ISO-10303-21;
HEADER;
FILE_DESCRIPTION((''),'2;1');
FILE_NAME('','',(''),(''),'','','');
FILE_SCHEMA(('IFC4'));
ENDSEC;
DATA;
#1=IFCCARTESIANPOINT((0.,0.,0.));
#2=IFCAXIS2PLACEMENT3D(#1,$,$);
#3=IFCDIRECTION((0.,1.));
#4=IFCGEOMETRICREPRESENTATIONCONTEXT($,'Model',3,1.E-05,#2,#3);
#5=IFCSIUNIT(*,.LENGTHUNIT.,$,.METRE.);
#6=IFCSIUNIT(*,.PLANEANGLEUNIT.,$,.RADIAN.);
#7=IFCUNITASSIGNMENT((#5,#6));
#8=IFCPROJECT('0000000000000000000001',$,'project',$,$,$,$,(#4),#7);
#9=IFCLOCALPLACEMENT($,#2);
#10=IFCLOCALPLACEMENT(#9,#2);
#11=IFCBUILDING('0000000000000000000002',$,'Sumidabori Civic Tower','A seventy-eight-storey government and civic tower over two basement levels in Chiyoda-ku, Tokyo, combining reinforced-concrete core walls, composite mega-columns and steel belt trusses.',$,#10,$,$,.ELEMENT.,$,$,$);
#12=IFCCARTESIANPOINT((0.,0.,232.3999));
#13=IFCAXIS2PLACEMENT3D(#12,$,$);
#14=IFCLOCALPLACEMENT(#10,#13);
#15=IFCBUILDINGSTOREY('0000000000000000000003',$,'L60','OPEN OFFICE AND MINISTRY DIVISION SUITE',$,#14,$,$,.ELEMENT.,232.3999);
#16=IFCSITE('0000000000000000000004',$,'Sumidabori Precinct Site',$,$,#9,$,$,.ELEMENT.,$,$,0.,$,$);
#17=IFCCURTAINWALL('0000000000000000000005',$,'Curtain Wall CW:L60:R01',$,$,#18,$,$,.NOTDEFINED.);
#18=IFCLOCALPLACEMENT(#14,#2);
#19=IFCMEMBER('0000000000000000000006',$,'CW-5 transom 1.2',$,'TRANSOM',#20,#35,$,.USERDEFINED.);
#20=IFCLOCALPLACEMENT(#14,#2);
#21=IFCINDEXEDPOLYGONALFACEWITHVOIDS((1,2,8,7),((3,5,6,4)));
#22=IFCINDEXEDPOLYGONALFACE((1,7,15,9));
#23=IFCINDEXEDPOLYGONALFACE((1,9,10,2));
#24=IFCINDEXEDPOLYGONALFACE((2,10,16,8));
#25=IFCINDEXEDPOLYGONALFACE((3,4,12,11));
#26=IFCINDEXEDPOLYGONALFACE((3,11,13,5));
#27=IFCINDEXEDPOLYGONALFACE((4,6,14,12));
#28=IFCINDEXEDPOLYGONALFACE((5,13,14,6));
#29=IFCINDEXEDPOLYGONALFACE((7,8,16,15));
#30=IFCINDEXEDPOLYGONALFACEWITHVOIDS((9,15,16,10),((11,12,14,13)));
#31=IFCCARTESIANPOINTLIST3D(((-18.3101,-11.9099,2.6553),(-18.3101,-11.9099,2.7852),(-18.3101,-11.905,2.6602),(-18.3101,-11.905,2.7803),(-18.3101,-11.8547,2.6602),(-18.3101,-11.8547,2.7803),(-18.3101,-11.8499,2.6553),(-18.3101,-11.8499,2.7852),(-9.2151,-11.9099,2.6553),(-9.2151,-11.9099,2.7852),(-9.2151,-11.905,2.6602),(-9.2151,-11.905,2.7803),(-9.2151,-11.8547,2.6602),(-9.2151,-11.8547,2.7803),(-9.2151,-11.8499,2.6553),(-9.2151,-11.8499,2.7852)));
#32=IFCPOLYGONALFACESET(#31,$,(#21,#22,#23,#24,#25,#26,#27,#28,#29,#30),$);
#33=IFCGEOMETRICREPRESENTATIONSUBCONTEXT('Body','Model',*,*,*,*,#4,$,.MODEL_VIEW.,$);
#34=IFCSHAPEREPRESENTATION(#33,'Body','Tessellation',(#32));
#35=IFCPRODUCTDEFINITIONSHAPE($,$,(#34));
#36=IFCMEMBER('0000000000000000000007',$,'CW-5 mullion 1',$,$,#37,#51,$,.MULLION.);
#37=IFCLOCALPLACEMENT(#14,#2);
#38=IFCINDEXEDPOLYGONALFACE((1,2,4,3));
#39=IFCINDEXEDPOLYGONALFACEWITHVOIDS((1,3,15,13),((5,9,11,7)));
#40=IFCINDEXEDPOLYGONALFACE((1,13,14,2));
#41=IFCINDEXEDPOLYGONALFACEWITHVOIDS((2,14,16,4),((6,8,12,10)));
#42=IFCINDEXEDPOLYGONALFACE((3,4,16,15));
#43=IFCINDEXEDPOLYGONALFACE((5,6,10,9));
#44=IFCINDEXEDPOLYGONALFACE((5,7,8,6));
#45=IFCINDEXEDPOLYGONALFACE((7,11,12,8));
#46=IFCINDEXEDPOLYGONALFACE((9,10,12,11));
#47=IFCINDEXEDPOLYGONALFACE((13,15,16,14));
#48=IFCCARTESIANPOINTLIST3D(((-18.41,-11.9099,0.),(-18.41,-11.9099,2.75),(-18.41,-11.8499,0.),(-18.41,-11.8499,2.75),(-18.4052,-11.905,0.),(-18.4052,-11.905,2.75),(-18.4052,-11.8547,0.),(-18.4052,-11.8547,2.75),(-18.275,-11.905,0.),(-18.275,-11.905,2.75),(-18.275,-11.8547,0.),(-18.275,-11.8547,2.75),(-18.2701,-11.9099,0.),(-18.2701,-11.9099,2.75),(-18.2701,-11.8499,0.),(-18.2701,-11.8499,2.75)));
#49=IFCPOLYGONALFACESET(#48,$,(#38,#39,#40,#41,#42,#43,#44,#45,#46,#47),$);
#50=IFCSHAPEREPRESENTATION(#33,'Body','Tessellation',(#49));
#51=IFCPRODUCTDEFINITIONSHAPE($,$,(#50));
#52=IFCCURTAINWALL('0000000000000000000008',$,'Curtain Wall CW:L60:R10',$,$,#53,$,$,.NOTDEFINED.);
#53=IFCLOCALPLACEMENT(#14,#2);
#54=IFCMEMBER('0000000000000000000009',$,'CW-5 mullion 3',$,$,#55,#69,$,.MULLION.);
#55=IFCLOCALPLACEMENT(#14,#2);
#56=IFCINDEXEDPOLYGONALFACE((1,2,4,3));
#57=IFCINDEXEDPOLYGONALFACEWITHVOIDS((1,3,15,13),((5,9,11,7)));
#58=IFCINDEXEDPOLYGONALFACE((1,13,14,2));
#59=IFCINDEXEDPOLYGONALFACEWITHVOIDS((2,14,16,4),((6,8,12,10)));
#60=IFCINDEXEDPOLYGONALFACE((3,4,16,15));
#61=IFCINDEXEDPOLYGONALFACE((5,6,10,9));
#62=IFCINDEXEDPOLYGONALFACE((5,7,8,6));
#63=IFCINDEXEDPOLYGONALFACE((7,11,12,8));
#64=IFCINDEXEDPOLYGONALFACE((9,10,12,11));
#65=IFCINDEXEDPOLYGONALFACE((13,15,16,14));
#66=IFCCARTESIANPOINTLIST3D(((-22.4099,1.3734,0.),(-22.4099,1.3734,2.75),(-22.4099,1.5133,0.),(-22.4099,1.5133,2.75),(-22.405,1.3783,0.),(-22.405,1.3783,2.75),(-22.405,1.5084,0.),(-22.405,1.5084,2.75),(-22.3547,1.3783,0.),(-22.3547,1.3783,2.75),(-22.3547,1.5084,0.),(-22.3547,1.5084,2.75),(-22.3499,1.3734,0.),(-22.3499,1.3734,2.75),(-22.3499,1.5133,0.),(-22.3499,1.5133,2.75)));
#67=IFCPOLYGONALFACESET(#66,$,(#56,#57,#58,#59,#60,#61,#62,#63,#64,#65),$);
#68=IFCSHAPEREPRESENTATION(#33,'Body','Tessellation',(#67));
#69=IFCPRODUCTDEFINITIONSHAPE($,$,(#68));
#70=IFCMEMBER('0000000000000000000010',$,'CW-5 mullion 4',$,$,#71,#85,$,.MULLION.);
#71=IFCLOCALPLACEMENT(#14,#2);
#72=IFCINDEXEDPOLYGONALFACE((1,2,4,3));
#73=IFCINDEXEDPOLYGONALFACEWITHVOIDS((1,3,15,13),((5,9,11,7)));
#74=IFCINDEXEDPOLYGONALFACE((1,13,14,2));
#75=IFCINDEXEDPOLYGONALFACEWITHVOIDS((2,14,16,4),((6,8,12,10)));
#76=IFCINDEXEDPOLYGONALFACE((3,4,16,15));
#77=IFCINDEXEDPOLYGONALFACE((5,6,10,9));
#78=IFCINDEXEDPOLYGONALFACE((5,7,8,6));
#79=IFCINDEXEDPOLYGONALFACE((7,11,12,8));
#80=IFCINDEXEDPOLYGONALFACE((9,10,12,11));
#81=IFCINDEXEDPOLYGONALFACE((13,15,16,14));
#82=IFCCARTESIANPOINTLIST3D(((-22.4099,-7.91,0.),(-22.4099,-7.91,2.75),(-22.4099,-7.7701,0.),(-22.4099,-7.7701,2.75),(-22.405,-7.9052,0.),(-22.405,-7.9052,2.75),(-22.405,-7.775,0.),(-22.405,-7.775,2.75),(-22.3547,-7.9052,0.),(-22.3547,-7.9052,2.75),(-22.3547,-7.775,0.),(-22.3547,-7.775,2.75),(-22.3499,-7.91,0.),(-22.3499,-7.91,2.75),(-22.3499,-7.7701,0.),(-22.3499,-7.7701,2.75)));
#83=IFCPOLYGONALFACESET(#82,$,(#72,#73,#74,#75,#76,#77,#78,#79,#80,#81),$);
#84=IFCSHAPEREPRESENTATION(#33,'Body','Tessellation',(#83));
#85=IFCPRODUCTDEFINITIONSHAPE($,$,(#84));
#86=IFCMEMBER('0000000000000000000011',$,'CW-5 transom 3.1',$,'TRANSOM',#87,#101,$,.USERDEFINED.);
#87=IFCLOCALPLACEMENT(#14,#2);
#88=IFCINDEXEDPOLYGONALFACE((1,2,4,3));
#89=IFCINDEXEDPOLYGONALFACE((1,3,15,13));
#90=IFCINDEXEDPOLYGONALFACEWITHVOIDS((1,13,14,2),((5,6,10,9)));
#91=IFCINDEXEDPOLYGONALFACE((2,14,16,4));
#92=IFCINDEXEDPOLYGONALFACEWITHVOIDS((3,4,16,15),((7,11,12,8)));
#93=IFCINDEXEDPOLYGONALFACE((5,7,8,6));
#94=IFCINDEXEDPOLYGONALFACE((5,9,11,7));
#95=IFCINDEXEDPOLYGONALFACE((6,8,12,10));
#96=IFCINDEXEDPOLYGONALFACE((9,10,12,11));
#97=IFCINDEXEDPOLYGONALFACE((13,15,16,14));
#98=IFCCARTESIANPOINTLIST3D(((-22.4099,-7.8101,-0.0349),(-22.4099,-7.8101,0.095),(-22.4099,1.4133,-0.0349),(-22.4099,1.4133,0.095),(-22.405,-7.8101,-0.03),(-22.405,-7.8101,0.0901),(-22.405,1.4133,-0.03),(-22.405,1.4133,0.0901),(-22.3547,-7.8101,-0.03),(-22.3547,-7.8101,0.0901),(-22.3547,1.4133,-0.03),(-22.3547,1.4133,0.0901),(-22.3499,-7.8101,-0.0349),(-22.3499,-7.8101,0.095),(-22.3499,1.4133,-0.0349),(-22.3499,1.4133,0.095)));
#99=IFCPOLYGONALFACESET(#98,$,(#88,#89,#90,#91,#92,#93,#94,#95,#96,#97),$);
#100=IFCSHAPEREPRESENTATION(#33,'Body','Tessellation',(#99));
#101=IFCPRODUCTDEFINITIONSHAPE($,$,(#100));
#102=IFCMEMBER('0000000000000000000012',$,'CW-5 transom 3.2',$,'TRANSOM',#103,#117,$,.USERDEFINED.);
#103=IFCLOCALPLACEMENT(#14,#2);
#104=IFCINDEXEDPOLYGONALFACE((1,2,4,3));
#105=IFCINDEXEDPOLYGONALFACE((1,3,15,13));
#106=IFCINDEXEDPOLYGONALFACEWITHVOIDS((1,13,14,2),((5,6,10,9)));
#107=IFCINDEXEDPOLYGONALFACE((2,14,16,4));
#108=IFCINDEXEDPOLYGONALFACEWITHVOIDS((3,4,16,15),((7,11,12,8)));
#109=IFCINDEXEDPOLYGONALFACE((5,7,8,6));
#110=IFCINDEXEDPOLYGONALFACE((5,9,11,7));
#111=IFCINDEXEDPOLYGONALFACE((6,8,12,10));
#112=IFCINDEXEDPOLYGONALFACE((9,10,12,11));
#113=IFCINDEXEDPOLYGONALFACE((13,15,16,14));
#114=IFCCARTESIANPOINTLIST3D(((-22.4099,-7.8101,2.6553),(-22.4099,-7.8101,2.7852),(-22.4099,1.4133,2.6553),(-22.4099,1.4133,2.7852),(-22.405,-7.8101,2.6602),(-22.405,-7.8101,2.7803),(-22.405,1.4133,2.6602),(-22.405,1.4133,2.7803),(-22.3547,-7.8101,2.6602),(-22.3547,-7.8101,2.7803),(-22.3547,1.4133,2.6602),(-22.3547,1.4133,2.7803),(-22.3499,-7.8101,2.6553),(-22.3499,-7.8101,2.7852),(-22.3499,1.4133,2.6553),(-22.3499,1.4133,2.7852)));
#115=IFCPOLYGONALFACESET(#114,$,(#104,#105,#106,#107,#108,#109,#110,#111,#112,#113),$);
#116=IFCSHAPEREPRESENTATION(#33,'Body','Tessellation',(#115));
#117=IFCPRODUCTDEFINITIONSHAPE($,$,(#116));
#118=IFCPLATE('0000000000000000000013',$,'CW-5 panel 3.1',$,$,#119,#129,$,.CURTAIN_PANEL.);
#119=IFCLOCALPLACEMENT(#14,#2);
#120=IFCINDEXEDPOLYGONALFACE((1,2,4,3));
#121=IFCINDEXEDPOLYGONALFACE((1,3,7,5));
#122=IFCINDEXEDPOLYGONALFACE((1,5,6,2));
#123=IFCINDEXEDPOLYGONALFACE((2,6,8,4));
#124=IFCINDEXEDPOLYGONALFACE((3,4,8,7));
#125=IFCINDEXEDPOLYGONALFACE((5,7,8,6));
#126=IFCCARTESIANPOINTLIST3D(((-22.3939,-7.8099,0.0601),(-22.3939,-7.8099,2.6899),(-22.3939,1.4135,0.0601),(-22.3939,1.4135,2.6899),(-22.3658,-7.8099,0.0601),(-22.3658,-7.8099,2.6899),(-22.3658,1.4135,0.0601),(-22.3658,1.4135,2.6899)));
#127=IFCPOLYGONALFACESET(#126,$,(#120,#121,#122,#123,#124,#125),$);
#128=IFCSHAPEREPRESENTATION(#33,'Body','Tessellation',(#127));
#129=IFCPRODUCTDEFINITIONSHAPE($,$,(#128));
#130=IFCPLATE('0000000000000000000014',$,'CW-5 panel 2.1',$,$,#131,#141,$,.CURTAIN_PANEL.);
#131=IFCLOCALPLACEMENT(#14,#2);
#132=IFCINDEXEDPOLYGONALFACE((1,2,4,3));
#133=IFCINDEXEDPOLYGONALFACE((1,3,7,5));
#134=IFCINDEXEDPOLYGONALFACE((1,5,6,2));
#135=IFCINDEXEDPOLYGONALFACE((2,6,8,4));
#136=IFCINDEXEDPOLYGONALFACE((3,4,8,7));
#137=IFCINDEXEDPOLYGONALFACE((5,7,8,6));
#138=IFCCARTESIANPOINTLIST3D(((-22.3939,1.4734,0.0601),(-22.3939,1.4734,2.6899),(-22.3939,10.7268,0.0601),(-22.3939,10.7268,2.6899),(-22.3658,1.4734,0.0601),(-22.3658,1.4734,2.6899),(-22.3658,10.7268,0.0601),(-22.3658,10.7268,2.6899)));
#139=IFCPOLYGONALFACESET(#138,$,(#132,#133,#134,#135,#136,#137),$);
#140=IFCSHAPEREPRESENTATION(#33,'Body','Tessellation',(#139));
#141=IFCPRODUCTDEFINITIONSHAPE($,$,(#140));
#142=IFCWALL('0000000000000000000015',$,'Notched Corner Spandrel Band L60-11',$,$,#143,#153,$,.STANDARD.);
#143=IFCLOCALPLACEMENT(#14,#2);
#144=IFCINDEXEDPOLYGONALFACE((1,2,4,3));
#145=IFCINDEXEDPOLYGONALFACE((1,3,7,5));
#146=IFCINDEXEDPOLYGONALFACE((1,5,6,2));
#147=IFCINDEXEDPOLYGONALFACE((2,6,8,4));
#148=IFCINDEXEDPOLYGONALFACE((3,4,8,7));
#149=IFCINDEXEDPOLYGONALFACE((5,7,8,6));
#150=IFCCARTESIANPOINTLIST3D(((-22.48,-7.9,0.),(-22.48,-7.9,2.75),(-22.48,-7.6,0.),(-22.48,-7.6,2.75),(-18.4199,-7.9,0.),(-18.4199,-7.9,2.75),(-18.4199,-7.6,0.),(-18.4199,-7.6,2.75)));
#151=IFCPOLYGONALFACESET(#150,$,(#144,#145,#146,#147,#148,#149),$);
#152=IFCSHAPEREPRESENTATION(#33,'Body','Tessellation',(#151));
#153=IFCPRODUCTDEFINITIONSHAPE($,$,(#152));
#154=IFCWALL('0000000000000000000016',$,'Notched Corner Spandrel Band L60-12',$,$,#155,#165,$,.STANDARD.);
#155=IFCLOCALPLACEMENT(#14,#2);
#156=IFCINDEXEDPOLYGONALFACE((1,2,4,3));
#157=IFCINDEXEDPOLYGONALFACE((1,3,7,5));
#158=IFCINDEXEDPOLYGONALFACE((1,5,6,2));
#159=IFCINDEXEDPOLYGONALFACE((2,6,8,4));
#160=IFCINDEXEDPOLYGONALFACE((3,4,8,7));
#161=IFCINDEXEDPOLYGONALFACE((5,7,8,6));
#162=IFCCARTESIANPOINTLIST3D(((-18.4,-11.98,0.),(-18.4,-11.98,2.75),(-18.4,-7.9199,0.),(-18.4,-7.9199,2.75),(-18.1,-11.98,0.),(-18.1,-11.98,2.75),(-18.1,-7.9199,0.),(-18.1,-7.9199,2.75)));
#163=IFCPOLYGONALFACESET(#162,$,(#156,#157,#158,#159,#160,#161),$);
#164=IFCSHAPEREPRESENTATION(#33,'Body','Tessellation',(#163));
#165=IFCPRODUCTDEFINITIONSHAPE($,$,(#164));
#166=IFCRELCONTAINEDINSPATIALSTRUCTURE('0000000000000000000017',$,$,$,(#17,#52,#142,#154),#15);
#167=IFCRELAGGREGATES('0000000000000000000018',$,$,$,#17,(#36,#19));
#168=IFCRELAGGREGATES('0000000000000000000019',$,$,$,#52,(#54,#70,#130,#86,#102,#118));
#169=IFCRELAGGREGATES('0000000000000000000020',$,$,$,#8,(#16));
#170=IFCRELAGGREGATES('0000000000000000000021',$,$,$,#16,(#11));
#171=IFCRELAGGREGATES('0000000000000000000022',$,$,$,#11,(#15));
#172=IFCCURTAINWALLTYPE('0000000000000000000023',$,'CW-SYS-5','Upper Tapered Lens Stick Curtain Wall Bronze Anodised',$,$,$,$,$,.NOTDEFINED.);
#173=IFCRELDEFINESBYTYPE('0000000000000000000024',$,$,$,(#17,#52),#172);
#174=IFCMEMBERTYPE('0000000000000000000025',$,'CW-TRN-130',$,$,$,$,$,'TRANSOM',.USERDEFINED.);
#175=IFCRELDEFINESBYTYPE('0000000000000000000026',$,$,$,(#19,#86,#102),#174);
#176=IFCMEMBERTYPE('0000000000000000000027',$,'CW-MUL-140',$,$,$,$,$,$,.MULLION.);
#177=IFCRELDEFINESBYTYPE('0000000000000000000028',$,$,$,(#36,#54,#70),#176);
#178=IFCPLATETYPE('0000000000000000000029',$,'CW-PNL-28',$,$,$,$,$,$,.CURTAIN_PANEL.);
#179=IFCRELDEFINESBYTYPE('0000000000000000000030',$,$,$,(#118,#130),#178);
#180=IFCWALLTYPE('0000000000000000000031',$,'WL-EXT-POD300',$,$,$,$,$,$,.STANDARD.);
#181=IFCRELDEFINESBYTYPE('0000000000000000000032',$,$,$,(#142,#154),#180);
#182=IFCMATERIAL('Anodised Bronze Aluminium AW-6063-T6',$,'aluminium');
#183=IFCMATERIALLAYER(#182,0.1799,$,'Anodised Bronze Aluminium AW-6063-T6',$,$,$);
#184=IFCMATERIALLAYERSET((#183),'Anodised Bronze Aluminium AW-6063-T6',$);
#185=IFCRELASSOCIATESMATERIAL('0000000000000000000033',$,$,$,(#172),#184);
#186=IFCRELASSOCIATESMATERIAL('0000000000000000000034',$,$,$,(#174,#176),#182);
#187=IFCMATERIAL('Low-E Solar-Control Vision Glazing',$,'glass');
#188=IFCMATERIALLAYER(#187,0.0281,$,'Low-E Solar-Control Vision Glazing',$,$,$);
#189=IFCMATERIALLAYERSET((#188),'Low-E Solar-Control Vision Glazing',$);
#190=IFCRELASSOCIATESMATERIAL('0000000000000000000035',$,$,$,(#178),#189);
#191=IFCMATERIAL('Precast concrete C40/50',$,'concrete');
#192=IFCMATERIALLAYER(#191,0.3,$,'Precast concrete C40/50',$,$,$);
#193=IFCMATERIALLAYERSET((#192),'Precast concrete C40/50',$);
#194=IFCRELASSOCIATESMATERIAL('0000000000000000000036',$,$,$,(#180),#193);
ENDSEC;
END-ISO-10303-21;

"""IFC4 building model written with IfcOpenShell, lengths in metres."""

from ifc_helpers import new_model, si_unit, direction, frame, frame_2d, origin, origin_2d, place, context, subcontext, project, spatial, rectangle, hollow_rectangle, extrude, source, transform, mapped, material, layer, layer_set, material_profile, profile_set, type_object, element, aggregate, save


model = new_model("IFC4")

# Units and contexts
model_context = context("Model", 3, precision=1e-05, world=origin(), true_north=direction((0.0, 1.0)))
body_context = subcontext(model_context, "Body", "Model", "MODEL_VIEW")
ifc_project = project(units=[si_unit("LENGTHUNIT", "METRE"), si_unit("PLANEANGLEUNIT", "RADIAN")], contexts=[model_context])

# Site, building, storey
site_placement = place(None, origin())
site = spatial("IfcSite", under=ifc_project, at=site_placement, Name="Sumidabori Precinct Site", CompositionType="ELEMENT", RefElevation=0.0)
building_placement = place(site_placement, origin())
building = spatial("IfcBuilding", under=site, at=building_placement, Name="Sumidabori Civic Tower", Description="A seventy-eight-storey government and civic tower over two basement levels in Chiyoda-ku, Tokyo, combining reinforced-concrete core walls, composite mega-columns and steel belt trusses.", CompositionType="ELEMENT")
storey_placement = place(building_placement, frame((0.0, 0.0, 232.3999)))
storey = spatial("IfcBuildingStorey", under=building, at=storey_placement, Name="L60", Description="OPEN OFFICE AND MINISTRY DIVISION SUITE", CompositionType="ELEMENT", Elevation=232.3999)

# Curtain wall, members
ifc_material_1 = material(Name="Anodised Bronze Aluminium AW-6063-T6", Category="aluminium")
ifc_layer_1 = layer(ifc_material_1, 0.1799, Name="Anodised Bronze Aluminium AW-6063-T6")
ifc_layer_set_1 = layer_set([ifc_layer_1], Name="Anodised Bronze Aluminium AW-6063-T6")
curtain_wall_type = type_object("IfcCurtainWallType", Name="CW-SYS-5", Description="Upper Tapered Lens Stick Curtain Wall Bronze Anodised", PredefinedType="NOTDEFINED", material=ifc_layer_set_1)
curtain_wall_1_placement = place(storey_placement, origin())
curtain_wall_1 = element("IfcCurtainWall", 1, at=curtain_wall_1_placement, inside=storey, type_object=curtain_wall_type, Name="Curtain Wall CW:L60:R01", PredefinedType="NOTDEFINED")
ifc_material_profile_1 = material_profile(ifc_material_1, hollow_rectangle(XDim=0.0601, YDim=0.1299, WallThickness=0.0049, at=origin_2d()), Name="ALU TRANSOM 130x60")
ifc_profile_set_1 = profile_set([ifc_material_profile_1], Name="Anodised Bronze Aluminium AW-6063-T6")
member_type_1 = type_object("IfcMemberType", Name="CW-TRN-130", ElementType="TRANSOM", PredefinedType="USERDEFINED", material=ifc_profile_set_1)
shared_shape_1 = source(origin(), body_context, "Body", "SweptSolid", [
    extrude(hollow_rectangle(XDim=0.0601, YDim=0.1299, WallThickness=0.0049, at=origin_2d()), origin(), (0.0, 0.0, 1.0), 9.095),
])
member_1_placement = place(storey_placement, frame((-18.3101, -11.8799, 2.7202), z_axis=(1.0, 0.0, 0.0), x_axis=(0.0, 1.0, 0.0)))
member_1 = element("IfcMember", 2, at=member_1_placement, type_object=member_type_1, Name="CW-5 transom 1.2", ObjectType="TRANSOM", PredefinedType="USERDEFINED", context=body_context, shape_type="MappedRepresentation", body=[
    mapped(shared_shape_1, transform((0.0, 0.0, 0.0), x_axis=(1.0, 0.0, 0.0), y_axis=(0.0, 1.0, 0.0), z_axis=(0.0, 0.0, 1.0), scale=1.0)),
])
ifc_material_profile_2 = material_profile(ifc_material_1, hollow_rectangle(XDim=0.0601, YDim=0.1399, WallThickness=0.0049, at=origin_2d()), Name="ALU MULLION 140x60")
ifc_profile_set_2 = profile_set([ifc_material_profile_2], Name="Anodised Bronze Aluminium AW-6063-T6")
member_type_2 = type_object("IfcMemberType", Name="CW-MUL-140", PredefinedType="MULLION", material=ifc_profile_set_2)
shared_shape_2 = source(origin(), body_context, "Body", "SweptSolid", [
    extrude(hollow_rectangle(XDim=0.0601, YDim=0.1399, WallThickness=0.0049, at=origin_2d()), origin(), (0.0, 0.0, 1.0), 2.75),
])
member_2_placement = place(storey_placement, frame((-18.3401, -11.8799, 0.0), z_axis=(0.0, 0.0, 1.0), x_axis=(0.0, 1.0, 0.0)))
member_2 = element("IfcMember", 3, at=member_2_placement, type_object=member_type_2, Name="CW-5 mullion 1", PredefinedType="MULLION", context=body_context, shape_type="MappedRepresentation", body=[
    mapped(shared_shape_2, transform((0.0, 0.0, 0.0), x_axis=(1.0, 0.0, 0.0), y_axis=(0.0, 1.0, 0.0), z_axis=(0.0, 0.0, 1.0), scale=1.0)),
])
aggregate(curtain_wall_1, [member_2, member_1])

# Curtain wall, members, plates
curtain_wall_2_placement = place(storey_placement, origin())
curtain_wall_2 = element("IfcCurtainWall", 4, at=curtain_wall_2_placement, inside=storey, type_object=curtain_wall_type, Name="Curtain Wall CW:L60:R10", PredefinedType="NOTDEFINED")
member_3_placement = place(storey_placement, frame((-22.3799, 1.4434, 0.0), z_axis=(0.0, 0.0, 1.0), x_axis=(1.0, 0.0, 0.0)))
member_3 = element("IfcMember", 5, at=member_3_placement, type_object=member_type_2, Name="CW-5 mullion 3", PredefinedType="MULLION", context=body_context, shape_type="MappedRepresentation", body=[
    mapped(shared_shape_2, transform((0.0, 0.0, 0.0), x_axis=(1.0, 0.0, 0.0), y_axis=(0.0, 1.0, 0.0), z_axis=(0.0, 0.0, 1.0), scale=1.0)),
])
member_4_placement = place(storey_placement, frame((-22.3799, -7.8401, 0.0), z_axis=(0.0, 0.0, 1.0), x_axis=(1.0, 0.0, 0.0)))
member_4 = element("IfcMember", 6, at=member_4_placement, type_object=member_type_2, Name="CW-5 mullion 4", PredefinedType="MULLION", context=body_context, shape_type="MappedRepresentation", body=[
    mapped(shared_shape_2, transform((0.0, 0.0, 0.0), x_axis=(1.0, 0.0, 0.0), y_axis=(0.0, 1.0, 0.0), z_axis=(0.0, 0.0, 1.0), scale=1.0)),
])
shared_shape_3 = source(origin(), body_context, "Body", "SweptSolid", [
    extrude(hollow_rectangle(XDim=0.0601, YDim=0.1299, WallThickness=0.0049, at=origin_2d()), origin(), (0.0, 0.0, 1.0), 9.2234),
])
member_5_placement = place(storey_placement, frame((-22.3799, 1.4133, 0.03), z_axis=(0.0, -1.0, 0.0), x_axis=(1.0, 0.0, 0.0)))
member_5 = element("IfcMember", 7, at=member_5_placement, type_object=member_type_1, Name="CW-5 transom 3.1", ObjectType="TRANSOM", PredefinedType="USERDEFINED", context=body_context, shape_type="MappedRepresentation", body=[
    mapped(shared_shape_3, transform((0.0, 0.0, 0.0), x_axis=(1.0, 0.0, 0.0), y_axis=(0.0, 1.0, 0.0), z_axis=(0.0, 0.0, 1.0), scale=1.0)),
])
member_6_placement = place(storey_placement, frame((-22.3799, 1.4133, 2.7202), z_axis=(0.0, -1.0, 0.0), x_axis=(1.0, 0.0, 0.0)))
member_6 = element("IfcMember", 8, at=member_6_placement, type_object=member_type_1, Name="CW-5 transom 3.2", ObjectType="TRANSOM", PredefinedType="USERDEFINED", context=body_context, shape_type="MappedRepresentation", body=[
    mapped(shared_shape_3, transform((0.0, 0.0, 0.0), x_axis=(1.0, 0.0, 0.0), y_axis=(0.0, 1.0, 0.0), z_axis=(0.0, 0.0, 1.0), scale=1.0)),
])
ifc_material_2 = material(Name="Low-E Solar-Control Vision Glazing", Category="glass")
ifc_layer_2 = layer(ifc_material_2, 0.0281, Name="Low-E Solar-Control Vision Glazing")
ifc_layer_set_2 = layer_set([ifc_layer_2], Name="Low-E Solar-Control Vision Glazing")
plate_type = type_object("IfcPlateType", Name="CW-PNL-28", PredefinedType="CURTAIN_PANEL", material=ifc_layer_set_2)
shared_shape_4 = source(origin(), body_context, "Body", "SweptSolid", [
    extrude(rectangle(XDim=9.2234, YDim=0.0281, at=origin_2d()), origin(), (0.0, 0.0, 1.0), 2.6299),
])
plate_1_placement = place(storey_placement, frame((-22.3799, -3.1982, 0.0601), z_axis=(0.0, 0.0, 1.0), x_axis=(0.0, -1.0, 0.0)))
plate_1 = element("IfcPlate", 9, at=plate_1_placement, type_object=plate_type, Name="CW-5 panel 3.1", PredefinedType="CURTAIN_PANEL", context=body_context, shape_type="MappedRepresentation", body=[
    mapped(shared_shape_4, transform((0.0, 0.0, 0.0), x_axis=(1.0, 0.0, 0.0), y_axis=(0.0, 1.0, 0.0), z_axis=(0.0, 0.0, 1.0), scale=1.0)),
])
shared_shape_5 = source(origin(), body_context, "Body", "SweptSolid", [
    extrude(rectangle(XDim=9.2534, YDim=0.0281, at=origin_2d()), origin(), (0.0, 0.0, 1.0), 2.6299),
])
plate_2_placement = place(storey_placement, frame((-22.3799, 6.1001, 0.0601), z_axis=(0.0, 0.0, 1.0), x_axis=(0.0, -1.0, 0.0)))
plate_2 = element("IfcPlate", 10, at=plate_2_placement, type_object=plate_type, Name="CW-5 panel 2.1", PredefinedType="CURTAIN_PANEL", context=body_context, shape_type="MappedRepresentation", body=[
    mapped(shared_shape_5, transform((0.0, 0.0, 0.0), x_axis=(1.0, 0.0, 0.0), y_axis=(0.0, 1.0, 0.0), z_axis=(0.0, 0.0, 1.0), scale=1.0)),
])
aggregate(curtain_wall_2, [member_3, member_4, plate_2, member_5, member_6, plate_1])

# Walls
ifc_material_3 = material(Name="Precast concrete C40/50", Category="concrete")
ifc_layer_3 = layer(ifc_material_3, 0.3, Name="Precast concrete C40/50")
ifc_layer_set_3 = layer_set([ifc_layer_3], Name="Precast concrete C40/50")
wall_type_1 = type_object("IfcWallType", Name="WL-EXT-POD300", PredefinedType="STANDARD", material=ifc_layer_set_3)
shared_shape_6 = source(origin(), body_context, "Body", "SweptSolid", [
    extrude(rectangle(XDim=4.0601, YDim=0.3, at=frame_2d((2.03, 0.0))), origin(), (0.0, 0.0, 1.0), 2.75),
])
for number, where, z_axis, x_axis, name in (
    (11, (-22.48, -7.75, 0.0), (0.0, 0.0, 1.0), (1.0, 0.0, 0.0), "Notched Corner Spandrel Band L60-11"),
    (12, (-18.25, -7.9199, 0.0), (0.0, 0.0, 1.0), (0.0, -1.0, 0.0), "Notched Corner Spandrel Band L60-12"),
):
    element("IfcWall", number, at=place(storey_placement, frame(where, z_axis=z_axis, x_axis=x_axis)), inside=storey, type_object=wall_type_1, Name=name, PredefinedType="STANDARD", context=body_context, shape_type="MappedRepresentation", body=[
        mapped(shared_shape_6, transform((0.0, 0.0, 0.0), x_axis=(1.0, 0.0, 0.0), y_axis=(0.0, 1.0, 0.0), z_axis=(0.0, 0.0, 1.0), scale=1.0)),
    ])

save(model, "model.ifc")
